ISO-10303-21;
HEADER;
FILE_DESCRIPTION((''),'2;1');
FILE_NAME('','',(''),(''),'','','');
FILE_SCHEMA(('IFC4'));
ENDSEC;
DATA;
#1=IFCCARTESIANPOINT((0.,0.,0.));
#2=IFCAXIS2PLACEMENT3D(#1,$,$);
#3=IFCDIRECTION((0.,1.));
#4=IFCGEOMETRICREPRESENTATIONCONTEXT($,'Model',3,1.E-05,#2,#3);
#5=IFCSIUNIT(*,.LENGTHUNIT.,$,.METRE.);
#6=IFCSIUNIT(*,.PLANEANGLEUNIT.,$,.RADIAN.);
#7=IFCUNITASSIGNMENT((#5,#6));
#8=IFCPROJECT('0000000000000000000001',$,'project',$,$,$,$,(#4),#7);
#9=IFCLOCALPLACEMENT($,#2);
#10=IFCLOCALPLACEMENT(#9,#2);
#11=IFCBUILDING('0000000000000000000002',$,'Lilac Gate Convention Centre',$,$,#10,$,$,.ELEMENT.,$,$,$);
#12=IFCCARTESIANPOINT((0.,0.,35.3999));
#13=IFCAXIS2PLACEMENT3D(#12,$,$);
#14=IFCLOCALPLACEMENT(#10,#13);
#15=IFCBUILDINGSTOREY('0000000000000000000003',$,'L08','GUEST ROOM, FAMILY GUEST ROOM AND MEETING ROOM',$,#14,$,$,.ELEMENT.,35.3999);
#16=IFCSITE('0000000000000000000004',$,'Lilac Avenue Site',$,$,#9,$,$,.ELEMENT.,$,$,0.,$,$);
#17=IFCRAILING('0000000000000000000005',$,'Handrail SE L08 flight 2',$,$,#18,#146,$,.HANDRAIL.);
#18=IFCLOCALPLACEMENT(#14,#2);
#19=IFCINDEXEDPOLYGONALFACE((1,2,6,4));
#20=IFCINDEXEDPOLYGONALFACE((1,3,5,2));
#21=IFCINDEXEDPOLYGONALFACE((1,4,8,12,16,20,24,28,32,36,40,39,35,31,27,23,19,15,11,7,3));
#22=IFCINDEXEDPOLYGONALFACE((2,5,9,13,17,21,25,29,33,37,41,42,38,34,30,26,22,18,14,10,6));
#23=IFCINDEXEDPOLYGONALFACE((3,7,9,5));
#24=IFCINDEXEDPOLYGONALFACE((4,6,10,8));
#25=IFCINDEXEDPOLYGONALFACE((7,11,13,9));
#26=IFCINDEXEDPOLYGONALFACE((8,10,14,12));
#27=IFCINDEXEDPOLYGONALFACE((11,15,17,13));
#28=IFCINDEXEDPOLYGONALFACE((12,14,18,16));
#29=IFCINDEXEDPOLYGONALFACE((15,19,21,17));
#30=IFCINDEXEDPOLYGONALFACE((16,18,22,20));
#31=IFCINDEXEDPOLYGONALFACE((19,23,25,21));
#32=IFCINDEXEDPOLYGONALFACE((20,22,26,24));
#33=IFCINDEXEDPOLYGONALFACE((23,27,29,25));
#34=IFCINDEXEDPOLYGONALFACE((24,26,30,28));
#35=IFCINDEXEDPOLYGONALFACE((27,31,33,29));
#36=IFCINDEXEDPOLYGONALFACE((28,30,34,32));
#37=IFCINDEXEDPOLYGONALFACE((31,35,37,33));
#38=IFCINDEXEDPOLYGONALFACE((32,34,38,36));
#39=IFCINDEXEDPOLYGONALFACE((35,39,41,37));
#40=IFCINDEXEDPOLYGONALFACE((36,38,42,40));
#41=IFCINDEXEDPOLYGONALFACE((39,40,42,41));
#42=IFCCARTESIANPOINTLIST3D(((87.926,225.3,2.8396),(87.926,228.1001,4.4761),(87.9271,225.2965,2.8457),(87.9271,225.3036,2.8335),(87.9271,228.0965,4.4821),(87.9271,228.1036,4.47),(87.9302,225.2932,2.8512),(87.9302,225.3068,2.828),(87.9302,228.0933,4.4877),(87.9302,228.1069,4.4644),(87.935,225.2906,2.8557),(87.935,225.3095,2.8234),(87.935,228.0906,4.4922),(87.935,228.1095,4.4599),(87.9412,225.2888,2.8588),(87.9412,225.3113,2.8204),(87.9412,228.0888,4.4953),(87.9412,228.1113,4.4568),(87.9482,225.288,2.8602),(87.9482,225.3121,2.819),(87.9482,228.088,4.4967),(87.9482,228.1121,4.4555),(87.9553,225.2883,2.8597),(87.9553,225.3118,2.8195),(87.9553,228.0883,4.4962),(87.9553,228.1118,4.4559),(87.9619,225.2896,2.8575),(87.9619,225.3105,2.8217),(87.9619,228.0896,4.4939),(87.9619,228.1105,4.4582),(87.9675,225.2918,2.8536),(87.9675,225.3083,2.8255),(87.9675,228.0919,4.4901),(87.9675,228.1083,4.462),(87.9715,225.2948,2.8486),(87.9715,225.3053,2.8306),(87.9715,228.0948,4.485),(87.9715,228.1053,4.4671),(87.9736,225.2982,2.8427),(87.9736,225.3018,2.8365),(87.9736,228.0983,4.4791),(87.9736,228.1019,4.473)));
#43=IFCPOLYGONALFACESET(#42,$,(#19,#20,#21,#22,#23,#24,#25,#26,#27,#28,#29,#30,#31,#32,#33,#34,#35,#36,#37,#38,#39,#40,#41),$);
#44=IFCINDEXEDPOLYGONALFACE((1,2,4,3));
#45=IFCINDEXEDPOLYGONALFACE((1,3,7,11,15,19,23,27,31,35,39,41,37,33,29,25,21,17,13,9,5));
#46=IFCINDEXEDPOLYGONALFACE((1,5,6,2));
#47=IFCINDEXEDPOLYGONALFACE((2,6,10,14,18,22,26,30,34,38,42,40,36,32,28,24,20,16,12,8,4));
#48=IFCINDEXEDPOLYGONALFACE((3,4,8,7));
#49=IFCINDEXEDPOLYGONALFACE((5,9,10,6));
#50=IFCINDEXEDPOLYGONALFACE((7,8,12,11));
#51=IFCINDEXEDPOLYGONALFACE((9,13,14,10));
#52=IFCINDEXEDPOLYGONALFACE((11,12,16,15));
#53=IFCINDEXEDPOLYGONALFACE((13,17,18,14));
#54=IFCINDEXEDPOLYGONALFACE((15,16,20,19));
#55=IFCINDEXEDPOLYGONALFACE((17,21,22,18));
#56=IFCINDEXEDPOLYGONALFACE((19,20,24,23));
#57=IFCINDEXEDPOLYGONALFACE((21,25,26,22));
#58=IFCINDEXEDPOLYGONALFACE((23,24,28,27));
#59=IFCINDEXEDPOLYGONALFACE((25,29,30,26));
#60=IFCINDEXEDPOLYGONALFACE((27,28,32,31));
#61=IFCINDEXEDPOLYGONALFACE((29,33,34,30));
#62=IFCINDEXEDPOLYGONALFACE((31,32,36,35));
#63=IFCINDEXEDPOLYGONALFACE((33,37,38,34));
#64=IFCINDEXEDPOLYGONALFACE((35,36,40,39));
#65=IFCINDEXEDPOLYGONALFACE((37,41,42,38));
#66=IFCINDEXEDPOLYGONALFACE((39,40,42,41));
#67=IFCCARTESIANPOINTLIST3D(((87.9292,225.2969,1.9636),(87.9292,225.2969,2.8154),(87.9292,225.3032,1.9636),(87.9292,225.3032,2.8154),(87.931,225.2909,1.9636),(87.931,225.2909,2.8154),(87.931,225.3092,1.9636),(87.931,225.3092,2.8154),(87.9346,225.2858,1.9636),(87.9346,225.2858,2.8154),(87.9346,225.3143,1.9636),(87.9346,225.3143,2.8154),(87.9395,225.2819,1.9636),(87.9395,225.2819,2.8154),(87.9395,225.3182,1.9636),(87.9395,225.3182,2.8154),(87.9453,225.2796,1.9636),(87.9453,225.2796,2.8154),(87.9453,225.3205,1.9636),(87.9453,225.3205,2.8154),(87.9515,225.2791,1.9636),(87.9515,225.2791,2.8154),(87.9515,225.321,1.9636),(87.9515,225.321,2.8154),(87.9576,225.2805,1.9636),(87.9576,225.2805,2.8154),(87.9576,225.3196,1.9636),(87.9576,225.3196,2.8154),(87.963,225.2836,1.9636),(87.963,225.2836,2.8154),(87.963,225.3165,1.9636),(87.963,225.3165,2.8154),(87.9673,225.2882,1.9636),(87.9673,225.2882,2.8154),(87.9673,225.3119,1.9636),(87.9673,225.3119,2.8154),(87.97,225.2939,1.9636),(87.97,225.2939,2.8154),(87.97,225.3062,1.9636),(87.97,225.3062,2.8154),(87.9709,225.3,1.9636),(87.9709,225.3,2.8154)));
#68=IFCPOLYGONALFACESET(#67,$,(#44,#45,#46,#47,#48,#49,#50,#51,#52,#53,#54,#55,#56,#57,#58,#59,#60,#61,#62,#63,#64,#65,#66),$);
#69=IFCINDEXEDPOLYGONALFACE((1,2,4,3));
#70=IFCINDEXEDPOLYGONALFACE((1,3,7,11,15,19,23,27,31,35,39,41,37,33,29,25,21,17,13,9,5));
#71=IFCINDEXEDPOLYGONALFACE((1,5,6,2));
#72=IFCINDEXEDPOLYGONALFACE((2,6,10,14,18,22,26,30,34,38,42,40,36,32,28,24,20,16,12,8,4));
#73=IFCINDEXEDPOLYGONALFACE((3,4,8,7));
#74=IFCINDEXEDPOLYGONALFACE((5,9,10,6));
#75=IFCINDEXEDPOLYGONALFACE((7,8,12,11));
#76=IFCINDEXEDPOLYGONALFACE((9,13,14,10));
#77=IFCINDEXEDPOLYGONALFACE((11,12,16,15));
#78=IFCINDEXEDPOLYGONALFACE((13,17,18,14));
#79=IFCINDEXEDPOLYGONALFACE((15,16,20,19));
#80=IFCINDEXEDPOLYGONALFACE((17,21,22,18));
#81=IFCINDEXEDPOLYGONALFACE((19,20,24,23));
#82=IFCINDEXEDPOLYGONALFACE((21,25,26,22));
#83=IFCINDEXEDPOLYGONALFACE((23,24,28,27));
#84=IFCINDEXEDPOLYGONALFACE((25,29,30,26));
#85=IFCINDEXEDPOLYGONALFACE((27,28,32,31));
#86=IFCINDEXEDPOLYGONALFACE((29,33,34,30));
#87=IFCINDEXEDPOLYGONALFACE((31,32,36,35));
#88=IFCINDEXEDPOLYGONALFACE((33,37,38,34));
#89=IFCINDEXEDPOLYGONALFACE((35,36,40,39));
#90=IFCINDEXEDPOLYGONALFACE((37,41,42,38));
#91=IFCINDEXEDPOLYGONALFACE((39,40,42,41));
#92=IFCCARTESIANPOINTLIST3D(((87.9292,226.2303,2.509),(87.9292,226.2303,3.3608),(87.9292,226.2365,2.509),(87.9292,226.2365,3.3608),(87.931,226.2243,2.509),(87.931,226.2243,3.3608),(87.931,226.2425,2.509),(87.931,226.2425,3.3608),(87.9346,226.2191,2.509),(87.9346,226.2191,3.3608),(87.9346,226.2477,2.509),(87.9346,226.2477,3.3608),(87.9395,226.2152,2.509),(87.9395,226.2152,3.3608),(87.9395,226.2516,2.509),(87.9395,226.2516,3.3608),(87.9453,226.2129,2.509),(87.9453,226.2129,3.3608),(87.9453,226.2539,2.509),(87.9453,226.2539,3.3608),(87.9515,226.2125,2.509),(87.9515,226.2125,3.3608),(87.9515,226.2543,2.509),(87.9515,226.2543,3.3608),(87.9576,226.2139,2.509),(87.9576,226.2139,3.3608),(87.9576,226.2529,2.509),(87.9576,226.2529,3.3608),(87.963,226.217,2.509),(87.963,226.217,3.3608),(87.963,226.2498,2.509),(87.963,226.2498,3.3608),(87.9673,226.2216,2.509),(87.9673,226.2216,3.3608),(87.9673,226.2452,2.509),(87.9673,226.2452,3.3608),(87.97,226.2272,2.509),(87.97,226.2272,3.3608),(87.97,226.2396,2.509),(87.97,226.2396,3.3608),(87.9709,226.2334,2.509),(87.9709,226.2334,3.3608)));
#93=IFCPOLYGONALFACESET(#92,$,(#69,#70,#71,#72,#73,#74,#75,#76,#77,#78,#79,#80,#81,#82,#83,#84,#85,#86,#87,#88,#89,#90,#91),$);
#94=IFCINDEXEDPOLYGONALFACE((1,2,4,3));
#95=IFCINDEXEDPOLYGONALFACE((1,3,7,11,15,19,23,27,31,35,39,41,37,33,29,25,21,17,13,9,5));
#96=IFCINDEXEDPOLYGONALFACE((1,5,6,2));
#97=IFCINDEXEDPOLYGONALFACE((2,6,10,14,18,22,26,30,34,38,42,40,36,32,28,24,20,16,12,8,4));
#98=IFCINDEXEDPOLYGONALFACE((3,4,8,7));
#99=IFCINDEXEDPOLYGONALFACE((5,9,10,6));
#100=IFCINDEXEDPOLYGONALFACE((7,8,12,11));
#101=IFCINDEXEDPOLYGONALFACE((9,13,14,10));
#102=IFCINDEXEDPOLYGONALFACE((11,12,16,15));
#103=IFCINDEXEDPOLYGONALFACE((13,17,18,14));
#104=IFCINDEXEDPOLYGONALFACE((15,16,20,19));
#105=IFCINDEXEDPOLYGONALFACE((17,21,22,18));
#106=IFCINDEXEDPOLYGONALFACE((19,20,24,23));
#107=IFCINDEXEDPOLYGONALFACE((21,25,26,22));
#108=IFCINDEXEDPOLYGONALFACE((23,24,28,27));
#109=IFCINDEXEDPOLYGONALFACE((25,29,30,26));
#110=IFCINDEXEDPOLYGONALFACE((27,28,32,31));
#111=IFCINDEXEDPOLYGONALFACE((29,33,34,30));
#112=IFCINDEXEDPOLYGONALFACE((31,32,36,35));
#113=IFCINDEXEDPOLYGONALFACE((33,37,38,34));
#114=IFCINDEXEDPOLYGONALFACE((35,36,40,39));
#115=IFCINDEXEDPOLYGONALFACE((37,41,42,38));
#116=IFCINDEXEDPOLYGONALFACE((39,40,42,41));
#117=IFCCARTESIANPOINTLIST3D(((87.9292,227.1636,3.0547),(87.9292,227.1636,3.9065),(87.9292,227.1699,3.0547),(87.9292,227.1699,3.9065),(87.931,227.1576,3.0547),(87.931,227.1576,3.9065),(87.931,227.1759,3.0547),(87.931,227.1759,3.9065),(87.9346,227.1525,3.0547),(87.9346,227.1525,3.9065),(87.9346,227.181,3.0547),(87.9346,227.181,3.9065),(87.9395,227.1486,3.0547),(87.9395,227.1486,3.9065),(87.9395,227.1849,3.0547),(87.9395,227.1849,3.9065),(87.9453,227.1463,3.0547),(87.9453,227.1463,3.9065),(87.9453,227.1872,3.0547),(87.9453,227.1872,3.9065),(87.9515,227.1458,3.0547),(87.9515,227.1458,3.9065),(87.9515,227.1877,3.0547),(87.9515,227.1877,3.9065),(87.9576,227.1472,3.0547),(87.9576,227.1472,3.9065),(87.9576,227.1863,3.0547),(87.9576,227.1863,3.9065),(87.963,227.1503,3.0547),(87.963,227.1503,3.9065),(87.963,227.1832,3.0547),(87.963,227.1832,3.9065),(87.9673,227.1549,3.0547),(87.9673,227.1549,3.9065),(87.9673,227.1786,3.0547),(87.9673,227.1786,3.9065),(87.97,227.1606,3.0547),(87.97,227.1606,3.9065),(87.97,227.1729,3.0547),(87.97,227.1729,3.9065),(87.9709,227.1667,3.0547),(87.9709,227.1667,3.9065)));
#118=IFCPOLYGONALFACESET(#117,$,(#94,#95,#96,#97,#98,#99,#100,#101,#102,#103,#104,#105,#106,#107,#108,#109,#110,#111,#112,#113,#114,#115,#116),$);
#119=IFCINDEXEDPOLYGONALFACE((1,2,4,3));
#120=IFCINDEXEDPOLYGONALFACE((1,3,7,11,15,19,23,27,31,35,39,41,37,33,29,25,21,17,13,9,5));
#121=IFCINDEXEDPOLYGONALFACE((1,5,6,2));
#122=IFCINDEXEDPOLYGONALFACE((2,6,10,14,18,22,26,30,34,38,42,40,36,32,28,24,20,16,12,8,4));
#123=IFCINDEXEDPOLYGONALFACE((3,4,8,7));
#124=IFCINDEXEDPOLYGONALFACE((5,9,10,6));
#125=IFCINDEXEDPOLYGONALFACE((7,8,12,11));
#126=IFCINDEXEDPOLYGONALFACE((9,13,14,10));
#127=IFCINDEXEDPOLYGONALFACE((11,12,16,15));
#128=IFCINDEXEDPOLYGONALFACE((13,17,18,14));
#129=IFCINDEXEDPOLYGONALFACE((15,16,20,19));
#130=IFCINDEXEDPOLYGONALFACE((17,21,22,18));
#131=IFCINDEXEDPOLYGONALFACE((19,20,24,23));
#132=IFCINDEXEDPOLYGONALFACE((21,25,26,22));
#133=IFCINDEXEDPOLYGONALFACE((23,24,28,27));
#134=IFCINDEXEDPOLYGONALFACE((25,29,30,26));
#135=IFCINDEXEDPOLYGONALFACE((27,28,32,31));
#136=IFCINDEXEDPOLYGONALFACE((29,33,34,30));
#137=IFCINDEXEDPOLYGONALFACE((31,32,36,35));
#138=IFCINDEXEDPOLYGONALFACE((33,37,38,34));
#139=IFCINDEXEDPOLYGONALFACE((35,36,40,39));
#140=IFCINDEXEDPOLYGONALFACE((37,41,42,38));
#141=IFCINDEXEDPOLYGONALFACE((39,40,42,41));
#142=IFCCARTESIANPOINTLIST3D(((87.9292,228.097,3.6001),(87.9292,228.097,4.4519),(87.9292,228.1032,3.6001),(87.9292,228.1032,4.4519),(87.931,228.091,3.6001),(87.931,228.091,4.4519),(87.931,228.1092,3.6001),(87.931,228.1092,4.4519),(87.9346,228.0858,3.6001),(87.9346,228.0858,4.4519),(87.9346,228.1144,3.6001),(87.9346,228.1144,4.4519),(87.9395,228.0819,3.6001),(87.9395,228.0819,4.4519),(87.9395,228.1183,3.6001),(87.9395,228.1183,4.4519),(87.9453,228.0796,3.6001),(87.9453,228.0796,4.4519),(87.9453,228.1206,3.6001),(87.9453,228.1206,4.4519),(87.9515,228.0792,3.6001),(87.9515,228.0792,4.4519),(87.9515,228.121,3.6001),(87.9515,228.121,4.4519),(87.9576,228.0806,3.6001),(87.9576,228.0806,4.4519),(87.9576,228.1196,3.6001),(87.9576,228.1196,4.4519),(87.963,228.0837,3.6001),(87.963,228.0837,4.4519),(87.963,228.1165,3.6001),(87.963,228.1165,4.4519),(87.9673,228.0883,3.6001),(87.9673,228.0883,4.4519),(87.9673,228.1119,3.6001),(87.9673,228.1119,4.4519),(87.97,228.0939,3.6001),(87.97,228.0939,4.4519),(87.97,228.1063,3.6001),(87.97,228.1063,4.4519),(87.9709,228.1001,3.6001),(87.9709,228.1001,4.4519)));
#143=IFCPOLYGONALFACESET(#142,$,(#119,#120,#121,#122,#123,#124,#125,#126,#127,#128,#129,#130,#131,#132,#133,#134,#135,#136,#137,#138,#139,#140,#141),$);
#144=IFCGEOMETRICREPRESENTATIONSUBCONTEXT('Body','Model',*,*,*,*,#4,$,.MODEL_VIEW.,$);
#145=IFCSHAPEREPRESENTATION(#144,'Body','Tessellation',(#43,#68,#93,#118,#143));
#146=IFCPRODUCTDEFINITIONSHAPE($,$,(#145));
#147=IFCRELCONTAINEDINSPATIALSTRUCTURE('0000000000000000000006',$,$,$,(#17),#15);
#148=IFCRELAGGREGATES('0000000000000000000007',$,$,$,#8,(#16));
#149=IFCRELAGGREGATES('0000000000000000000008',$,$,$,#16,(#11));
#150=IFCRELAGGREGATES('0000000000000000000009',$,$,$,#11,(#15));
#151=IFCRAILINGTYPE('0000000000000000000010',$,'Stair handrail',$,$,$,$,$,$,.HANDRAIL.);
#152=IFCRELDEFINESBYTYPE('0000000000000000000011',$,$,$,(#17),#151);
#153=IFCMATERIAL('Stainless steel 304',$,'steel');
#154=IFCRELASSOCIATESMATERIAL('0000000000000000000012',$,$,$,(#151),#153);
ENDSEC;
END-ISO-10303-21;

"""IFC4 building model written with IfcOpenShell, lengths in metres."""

from ifc_helpers import new_model, si_unit, direction, frame, origin, origin_2d, place, context, subcontext, project, spatial, circle, extrude, material, type_object, element, save


model = new_model("IFC4")

# Units and contexts
model_context = context("Model", 3, precision=1e-05, world=origin(), true_north=direction((0.0, 1.0)))
body_context = subcontext(model_context, "Body", "Model", "MODEL_VIEW")
ifc_project = project(units=[si_unit("LENGTHUNIT", "METRE"), si_unit("PLANEANGLEUNIT", "RADIAN")], contexts=[model_context])

# Site, building, storey
site_placement = place(None, origin())
site = spatial("IfcSite", under=ifc_project, at=site_placement, Name="Lilac Avenue Site", CompositionType="ELEMENT", RefElevation=0.0)
building_placement = place(site_placement, origin())
building = spatial("IfcBuilding", under=site, at=building_placement, Name="Lilac Gate Convention Centre", CompositionType="ELEMENT")
storey_placement = place(building_placement, frame((0.0, 0.0, 35.3999)))
storey = spatial("IfcBuildingStorey", under=building, at=storey_placement, Name="L08", Description="GUEST ROOM, FAMILY GUEST ROOM AND MEETING ROOM", CompositionType="ELEMENT", Elevation=35.3999)

# Railing
ifc_material_1 = material(Name="Stainless steel 304", Category="steel")
railing_type = type_object("IfcRailingType", Name="Stair handrail", PredefinedType="HANDRAIL", material=ifc_material_1)
for number, where, name in (
    (1, (87.95, 225.3, 1.9636), "Handrail SE L08 flight 2"),
):
    element("IfcRailing", number, at=place(storey_placement, frame(where)), inside=storey, type_object=railing_type, Name=name, PredefinedType="HANDRAIL", context=body_context, shape_type="SweptSolid", body=[
        extrude(circle(Radius=0.0239, at=origin_2d()), frame((0.0, 0.0, 0.876), z_axis=(0.0, 0.863361, 0.504587), x_axis=(-1.0, 0.0, 0.0)), (0.0, 0.0, 1.0), 3.2432),
        extrude(circle(Radius=0.021, at=origin_2d()), origin(), (0.0, 0.0, 1.0), 0.8518),
        extrude(circle(Radius=0.021, at=origin_2d()), frame((0.0, 0.9333, 0.5454)), (0.0, 0.0, 1.0), 0.8518),
        extrude(circle(Radius=0.021, at=origin_2d()), frame((0.0, 1.8667, 1.0911)), (0.0, 0.0, 1.0), 0.8518),
        extrude(circle(Radius=0.021, at=origin_2d()), frame((0.0, 2.8, 1.6365)), (0.0, 0.0, 1.0), 0.8518),
    ])

save(model, "model.ifc")
